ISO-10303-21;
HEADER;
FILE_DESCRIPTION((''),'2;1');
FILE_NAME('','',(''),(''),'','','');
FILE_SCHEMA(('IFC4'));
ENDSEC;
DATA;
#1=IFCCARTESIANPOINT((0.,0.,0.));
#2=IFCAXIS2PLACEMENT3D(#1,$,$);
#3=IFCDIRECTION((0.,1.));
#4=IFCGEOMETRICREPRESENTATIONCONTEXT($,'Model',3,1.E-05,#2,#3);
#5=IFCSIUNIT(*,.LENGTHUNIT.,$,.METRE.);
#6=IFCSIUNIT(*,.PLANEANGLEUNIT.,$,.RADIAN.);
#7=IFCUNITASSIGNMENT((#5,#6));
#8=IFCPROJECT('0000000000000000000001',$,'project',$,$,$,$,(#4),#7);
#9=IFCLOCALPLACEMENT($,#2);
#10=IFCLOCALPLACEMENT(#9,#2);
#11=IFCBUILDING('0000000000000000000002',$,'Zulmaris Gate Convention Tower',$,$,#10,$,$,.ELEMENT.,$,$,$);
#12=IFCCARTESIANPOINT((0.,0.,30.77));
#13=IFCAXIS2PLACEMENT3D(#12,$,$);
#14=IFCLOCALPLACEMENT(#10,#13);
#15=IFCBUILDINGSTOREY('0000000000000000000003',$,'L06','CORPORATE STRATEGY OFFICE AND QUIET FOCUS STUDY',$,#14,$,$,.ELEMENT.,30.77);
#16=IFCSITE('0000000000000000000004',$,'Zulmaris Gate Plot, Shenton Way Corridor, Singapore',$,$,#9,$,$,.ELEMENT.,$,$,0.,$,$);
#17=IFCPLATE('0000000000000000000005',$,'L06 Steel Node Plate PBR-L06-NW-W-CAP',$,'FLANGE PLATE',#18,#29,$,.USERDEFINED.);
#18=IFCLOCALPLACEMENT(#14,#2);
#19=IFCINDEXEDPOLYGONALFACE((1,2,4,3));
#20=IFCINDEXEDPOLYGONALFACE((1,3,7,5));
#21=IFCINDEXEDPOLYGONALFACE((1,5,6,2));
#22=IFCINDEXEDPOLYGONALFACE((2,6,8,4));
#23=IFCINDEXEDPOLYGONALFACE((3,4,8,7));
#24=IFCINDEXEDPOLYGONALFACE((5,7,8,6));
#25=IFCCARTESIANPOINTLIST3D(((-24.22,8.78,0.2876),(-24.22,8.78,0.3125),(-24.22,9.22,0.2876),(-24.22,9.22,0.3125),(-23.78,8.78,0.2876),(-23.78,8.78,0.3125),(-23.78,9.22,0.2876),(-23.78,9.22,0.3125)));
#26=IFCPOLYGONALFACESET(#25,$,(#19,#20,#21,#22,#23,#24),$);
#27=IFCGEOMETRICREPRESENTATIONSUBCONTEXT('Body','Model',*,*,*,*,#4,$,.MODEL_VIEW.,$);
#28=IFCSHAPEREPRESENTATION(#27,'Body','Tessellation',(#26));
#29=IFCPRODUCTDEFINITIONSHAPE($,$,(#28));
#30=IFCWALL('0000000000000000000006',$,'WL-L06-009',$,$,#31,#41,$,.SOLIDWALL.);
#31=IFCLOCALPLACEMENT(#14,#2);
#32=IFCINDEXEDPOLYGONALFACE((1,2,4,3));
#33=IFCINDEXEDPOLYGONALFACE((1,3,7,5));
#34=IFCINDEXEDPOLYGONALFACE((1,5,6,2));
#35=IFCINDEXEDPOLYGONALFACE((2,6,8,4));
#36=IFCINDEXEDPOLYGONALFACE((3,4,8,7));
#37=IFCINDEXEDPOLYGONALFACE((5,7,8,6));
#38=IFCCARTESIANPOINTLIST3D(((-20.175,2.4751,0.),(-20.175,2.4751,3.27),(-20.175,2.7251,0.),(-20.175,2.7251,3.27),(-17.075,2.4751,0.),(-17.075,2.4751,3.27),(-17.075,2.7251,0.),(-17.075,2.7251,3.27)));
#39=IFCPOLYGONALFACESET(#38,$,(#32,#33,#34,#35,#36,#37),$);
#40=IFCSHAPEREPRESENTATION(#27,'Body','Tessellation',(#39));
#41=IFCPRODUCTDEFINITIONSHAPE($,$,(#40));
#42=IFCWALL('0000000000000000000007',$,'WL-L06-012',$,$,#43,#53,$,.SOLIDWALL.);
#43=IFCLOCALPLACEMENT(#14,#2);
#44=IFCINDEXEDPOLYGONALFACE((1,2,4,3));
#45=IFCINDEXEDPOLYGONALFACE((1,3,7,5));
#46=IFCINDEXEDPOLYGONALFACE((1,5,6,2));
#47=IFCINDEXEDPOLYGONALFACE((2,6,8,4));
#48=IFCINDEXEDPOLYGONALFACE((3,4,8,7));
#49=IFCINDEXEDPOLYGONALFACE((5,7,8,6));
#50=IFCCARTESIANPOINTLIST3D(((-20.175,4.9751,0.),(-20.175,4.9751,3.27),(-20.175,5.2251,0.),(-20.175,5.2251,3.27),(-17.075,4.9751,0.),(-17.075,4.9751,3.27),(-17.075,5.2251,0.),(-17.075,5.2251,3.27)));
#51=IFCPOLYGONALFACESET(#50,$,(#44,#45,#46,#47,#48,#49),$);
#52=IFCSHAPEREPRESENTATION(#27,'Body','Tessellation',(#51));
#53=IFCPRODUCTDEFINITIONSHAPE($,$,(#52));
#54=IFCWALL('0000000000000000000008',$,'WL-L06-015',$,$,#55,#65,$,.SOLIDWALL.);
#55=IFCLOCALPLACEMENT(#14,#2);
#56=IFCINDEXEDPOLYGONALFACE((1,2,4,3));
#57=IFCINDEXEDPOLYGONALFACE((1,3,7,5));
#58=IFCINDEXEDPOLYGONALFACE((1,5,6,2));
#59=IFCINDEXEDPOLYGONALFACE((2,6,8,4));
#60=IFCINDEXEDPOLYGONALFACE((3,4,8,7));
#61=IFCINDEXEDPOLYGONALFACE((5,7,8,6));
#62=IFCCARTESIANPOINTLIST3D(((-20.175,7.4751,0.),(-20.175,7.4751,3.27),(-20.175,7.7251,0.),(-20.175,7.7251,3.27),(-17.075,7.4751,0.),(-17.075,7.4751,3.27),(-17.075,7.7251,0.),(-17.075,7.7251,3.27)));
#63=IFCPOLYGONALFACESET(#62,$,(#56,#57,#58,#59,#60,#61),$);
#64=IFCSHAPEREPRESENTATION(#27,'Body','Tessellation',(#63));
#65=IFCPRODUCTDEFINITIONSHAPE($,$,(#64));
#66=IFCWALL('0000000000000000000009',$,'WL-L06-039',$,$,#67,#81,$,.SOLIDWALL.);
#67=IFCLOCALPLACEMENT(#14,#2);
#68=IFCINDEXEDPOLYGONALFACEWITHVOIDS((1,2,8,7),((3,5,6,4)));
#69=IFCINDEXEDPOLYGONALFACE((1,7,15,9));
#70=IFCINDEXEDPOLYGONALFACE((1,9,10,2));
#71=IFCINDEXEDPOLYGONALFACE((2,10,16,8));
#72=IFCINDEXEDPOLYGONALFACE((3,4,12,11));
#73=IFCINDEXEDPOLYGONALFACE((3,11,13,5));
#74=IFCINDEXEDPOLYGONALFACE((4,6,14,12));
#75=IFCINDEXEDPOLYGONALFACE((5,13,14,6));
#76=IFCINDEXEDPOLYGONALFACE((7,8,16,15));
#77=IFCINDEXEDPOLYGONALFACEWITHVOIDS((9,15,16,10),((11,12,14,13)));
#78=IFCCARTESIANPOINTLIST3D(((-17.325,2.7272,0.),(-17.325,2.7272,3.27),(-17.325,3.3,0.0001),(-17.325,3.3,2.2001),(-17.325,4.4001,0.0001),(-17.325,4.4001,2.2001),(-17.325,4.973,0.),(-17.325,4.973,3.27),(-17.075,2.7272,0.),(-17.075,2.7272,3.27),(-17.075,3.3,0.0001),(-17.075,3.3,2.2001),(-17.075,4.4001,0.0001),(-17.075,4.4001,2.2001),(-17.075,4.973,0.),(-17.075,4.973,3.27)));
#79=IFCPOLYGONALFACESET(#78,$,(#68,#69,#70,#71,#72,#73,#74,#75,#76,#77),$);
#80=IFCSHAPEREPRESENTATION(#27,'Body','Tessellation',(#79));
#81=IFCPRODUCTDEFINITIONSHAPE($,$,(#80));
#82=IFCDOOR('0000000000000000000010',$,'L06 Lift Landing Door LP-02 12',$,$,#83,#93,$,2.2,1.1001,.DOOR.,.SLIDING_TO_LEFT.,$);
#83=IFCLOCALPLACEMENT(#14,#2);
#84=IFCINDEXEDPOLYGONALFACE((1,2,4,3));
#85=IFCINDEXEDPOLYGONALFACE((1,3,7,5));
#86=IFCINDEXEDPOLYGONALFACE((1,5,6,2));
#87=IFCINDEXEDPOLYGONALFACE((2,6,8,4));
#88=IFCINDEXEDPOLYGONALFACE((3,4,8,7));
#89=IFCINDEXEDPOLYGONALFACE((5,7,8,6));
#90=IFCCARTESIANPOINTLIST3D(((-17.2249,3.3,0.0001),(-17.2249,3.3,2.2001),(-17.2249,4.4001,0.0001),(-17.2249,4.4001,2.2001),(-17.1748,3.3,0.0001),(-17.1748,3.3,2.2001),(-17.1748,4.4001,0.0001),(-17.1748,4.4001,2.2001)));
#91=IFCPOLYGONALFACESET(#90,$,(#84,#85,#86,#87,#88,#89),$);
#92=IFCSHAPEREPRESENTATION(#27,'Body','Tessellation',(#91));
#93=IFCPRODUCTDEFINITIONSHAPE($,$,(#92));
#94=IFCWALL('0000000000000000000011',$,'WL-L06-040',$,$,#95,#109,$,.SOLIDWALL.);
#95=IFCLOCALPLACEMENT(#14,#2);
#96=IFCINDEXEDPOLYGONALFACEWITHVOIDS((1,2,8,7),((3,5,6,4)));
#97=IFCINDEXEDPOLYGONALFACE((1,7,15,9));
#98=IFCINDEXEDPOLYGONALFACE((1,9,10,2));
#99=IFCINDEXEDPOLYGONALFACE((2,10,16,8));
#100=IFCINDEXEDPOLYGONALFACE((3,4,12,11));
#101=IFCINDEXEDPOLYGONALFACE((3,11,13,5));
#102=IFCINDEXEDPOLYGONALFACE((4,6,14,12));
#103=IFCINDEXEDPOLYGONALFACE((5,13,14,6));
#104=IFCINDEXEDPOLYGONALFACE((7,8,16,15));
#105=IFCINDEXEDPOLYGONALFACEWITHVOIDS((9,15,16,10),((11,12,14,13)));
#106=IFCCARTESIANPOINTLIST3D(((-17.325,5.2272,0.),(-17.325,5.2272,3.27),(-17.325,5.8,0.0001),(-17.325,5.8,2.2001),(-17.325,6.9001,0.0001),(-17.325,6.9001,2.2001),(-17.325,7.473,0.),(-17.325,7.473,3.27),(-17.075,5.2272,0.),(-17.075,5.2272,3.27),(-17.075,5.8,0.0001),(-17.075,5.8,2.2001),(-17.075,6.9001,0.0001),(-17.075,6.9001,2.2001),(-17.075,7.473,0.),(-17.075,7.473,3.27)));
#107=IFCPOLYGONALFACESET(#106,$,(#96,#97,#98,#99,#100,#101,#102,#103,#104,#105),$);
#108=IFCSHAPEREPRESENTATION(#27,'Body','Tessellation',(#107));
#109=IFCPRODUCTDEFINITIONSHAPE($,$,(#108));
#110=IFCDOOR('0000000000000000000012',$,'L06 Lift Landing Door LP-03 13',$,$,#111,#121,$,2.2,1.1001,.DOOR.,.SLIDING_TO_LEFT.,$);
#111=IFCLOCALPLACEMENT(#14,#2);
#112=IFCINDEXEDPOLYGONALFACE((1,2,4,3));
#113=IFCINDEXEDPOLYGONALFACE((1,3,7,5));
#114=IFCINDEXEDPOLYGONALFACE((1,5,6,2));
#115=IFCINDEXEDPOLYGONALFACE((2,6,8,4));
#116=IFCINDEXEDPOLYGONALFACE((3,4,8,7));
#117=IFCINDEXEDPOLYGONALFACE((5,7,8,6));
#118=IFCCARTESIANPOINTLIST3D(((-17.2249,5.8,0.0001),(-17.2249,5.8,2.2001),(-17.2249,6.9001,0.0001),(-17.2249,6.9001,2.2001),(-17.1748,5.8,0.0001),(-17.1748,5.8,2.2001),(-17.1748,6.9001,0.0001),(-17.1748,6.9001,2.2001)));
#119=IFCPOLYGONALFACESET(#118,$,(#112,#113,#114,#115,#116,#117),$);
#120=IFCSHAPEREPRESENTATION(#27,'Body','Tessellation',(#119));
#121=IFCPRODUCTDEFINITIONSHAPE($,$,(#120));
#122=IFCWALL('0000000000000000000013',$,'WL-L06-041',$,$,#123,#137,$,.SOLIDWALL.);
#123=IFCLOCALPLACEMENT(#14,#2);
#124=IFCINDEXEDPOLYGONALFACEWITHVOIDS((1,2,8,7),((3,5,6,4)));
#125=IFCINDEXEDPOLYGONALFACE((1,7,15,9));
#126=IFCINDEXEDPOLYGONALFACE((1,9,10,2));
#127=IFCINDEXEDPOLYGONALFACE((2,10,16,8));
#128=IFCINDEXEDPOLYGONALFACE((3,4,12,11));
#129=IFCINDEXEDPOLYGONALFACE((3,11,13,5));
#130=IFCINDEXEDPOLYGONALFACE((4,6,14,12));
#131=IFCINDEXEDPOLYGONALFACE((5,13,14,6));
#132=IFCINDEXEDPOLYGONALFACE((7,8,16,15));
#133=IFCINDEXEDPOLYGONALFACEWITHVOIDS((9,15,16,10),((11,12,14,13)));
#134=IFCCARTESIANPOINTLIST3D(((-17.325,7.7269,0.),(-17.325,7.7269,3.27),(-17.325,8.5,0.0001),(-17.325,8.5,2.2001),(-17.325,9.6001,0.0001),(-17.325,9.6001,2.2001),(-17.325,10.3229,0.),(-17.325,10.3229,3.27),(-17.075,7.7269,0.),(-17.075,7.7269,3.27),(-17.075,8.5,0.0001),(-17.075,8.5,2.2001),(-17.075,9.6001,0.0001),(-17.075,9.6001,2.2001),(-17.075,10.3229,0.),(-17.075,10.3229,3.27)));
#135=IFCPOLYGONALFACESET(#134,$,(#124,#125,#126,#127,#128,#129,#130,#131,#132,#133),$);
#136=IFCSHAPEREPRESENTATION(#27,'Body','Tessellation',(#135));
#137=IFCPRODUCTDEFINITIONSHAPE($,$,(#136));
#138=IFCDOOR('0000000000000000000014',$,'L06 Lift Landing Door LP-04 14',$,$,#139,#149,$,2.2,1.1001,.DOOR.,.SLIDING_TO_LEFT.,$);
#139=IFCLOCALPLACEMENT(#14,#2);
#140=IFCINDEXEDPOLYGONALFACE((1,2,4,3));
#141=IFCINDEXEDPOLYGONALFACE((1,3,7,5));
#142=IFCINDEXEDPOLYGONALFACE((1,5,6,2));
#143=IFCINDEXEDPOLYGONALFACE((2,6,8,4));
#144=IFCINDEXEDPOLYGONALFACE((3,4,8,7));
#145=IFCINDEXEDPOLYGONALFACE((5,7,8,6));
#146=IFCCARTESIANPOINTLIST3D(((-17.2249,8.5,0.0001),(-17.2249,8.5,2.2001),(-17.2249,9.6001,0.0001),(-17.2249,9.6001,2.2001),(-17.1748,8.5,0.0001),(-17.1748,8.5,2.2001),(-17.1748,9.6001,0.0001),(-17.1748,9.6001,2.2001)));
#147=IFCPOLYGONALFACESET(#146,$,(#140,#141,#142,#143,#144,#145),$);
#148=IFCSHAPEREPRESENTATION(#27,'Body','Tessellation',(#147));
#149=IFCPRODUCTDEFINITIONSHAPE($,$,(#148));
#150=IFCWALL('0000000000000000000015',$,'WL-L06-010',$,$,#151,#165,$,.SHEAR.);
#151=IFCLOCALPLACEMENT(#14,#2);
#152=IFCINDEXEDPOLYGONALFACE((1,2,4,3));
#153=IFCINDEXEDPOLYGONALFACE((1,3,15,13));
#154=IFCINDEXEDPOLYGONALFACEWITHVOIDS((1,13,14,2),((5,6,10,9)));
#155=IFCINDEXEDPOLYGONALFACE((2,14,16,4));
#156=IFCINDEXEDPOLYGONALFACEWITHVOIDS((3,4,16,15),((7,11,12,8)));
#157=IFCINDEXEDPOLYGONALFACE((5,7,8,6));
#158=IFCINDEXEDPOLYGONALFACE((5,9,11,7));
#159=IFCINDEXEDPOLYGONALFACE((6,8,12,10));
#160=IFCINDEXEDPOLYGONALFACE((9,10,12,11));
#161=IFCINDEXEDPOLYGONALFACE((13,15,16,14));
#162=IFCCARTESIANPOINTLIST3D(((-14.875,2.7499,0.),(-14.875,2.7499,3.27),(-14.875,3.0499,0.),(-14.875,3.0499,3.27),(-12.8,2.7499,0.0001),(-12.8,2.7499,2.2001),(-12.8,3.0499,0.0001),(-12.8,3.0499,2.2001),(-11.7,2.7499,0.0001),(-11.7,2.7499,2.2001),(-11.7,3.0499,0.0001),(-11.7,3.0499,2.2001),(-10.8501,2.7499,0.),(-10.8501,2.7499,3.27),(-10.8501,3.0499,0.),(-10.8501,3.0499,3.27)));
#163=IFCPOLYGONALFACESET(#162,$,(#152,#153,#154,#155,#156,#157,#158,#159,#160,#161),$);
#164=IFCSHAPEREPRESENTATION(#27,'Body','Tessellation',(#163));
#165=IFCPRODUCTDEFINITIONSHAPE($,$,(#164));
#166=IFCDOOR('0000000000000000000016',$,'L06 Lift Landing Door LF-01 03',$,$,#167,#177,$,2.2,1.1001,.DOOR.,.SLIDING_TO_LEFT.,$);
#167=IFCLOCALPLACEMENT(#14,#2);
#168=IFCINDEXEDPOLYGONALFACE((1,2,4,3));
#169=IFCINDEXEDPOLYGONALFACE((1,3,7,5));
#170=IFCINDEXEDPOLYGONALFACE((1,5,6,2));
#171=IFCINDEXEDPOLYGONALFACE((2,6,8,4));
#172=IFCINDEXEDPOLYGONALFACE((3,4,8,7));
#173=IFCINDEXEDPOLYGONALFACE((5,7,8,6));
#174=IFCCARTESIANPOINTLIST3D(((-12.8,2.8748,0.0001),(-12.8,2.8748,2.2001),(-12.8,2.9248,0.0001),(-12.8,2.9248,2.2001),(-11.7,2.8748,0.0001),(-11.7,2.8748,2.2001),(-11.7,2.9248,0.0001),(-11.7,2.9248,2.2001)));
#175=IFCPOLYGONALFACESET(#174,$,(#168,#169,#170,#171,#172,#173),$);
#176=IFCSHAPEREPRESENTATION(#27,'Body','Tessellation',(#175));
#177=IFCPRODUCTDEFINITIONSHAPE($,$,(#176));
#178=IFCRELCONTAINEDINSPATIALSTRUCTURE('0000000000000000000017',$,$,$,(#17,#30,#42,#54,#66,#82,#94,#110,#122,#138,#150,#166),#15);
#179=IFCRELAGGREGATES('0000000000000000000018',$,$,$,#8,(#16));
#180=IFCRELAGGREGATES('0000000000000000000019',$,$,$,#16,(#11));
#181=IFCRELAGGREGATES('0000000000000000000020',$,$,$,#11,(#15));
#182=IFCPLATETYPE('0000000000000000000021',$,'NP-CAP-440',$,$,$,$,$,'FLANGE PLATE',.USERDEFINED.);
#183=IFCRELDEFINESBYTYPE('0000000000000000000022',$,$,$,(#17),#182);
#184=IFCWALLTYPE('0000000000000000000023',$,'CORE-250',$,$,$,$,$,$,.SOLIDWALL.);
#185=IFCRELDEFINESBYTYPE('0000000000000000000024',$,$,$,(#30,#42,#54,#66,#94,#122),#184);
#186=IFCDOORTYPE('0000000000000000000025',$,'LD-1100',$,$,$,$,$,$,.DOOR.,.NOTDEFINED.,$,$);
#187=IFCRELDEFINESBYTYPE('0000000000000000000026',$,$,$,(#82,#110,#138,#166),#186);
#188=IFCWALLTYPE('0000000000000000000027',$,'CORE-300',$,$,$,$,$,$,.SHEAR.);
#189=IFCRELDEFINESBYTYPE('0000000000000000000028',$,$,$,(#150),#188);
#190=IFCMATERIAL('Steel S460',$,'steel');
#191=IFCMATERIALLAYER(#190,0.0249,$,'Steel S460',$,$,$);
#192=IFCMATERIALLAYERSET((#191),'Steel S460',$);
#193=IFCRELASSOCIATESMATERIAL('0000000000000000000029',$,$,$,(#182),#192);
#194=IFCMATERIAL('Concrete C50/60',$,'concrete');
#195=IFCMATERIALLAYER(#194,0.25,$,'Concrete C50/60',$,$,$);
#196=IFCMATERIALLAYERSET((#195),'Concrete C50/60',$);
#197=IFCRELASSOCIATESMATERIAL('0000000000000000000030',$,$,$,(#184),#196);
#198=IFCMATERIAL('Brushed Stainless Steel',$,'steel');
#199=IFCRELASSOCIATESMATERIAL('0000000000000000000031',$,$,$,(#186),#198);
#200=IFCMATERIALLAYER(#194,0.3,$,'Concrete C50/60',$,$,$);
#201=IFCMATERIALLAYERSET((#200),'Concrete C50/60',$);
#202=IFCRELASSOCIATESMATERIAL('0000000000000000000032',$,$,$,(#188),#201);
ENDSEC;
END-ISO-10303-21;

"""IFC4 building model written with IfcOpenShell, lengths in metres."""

from ifc_helpers import new_model, si_unit, direction, frame, frame_2d, origin, origin_2d, place, context, subcontext, project, spatial, rectangle, extrude, material, layer, layer_set, type_object, element, fill, save


model = new_model("IFC4")

# Units and contexts
model_context = context("Model", 3, precision=1e-05, world=origin(), true_north=direction((0.0, 1.0)))
body_context = subcontext(model_context, "Body", "Model", "MODEL_VIEW")
ifc_project = project(units=[si_unit("LENGTHUNIT", "METRE"), si_unit("PLANEANGLEUNIT", "RADIAN")], contexts=[model_context])

# Site, building, storey
site_placement = place(None, origin())
site = spatial("IfcSite", under=ifc_project, at=site_placement, Name="Zulmaris Gate Plot, Shenton Way Corridor, Singapore", CompositionType="ELEMENT", RefElevation=0.0)
building_placement = place(site_placement, origin())
building = spatial("IfcBuilding", under=site, at=building_placement, Name="Zulmaris Gate Convention Tower", CompositionType="ELEMENT")
storey_placement = place(building_placement, frame((0.0, 0.0, 30.77)))
storey = spatial("IfcBuildingStorey", under=building, at=storey_placement, Name="L06", Description="CORPORATE STRATEGY OFFICE AND QUIET FOCUS STUDY", CompositionType="ELEMENT", Elevation=30.77)

# Shared definitions
ifc_material_1 = material(Name="Steel S460", Category="steel")

# Plate
ifc_layer_1 = layer(ifc_material_1, 0.0249, Name="Steel S460")
ifc_layer_set_1 = layer_set([ifc_layer_1], Name="Steel S460")
plate_type = type_object("IfcPlateType", Name="NP-CAP-440", ElementType="FLANGE PLATE", PredefinedType="USERDEFINED", material=ifc_layer_set_1)
plate_placement = place(storey_placement, frame((-24.0, 9.0, 0.2876), z_axis=(0.0, 0.0, 1.0), x_axis=(1.0, 0.0, 0.0)))
element("IfcPlate", 1, at=plate_placement, inside=storey, type_object=plate_type, Name="L06 Steel Node Plate PBR-L06-NW-W-CAP", ObjectType="FLANGE PLATE", PredefinedType="USERDEFINED", context=body_context, shape_type="SweptSolid", body=[
    extrude(rectangle(XDim=0.4399, YDim=0.4399, at=origin_2d()), origin(), (0.0, 0.0, 1.0), 0.0249),
])

# Walls
ifc_material_2 = material(Name="Concrete C50/60", Category="concrete")
ifc_layer_2 = layer(ifc_material_2, 0.25, Name="Concrete C50/60")
ifc_layer_set_2 = layer_set([ifc_layer_2], Name="Concrete C50/60")
wall_type_1 = type_object("IfcWallType", Name="CORE-250", PredefinedType="SOLIDWALL", material=ifc_layer_set_2)
for number, where, z_axis, x_axis, name in (
    (2, (-20.175, 2.6001, 0.0), (0.0, 0.0, 1.0), (1.0, 0.0, 0.0), "WL-L06-009"),
    (3, (-20.175, 5.1001, 0.0), (0.0, 0.0, 1.0), (1.0, 0.0, 0.0), "WL-L06-012"),
    (4, (-20.175, 7.6001, 0.0), (0.0, 0.0, 1.0), (1.0, 0.0, 0.0), "WL-L06-015"),
):
    element("IfcWall", number, at=place(storey_placement, frame(where, z_axis=z_axis, x_axis=x_axis)), inside=storey, type_object=wall_type_1, Name=name, PredefinedType="SOLIDWALL", context=body_context, shape_type="SweptSolid", body=[
        extrude(rectangle(XDim=3.1001, YDim=0.25, at=frame_2d((1.55, 0.0))), origin(), (0.0, 0.0, 1.0), 3.27),
    ])

# Walls, openings, doors
wall_1_placement = place(storey_placement, frame((-17.2, 2.7271, 0.0), z_axis=(0.0, 0.0, 1.0), x_axis=(0.0, 1.0, 0.0)))
wall_1 = element("IfcWall", 5, at=wall_1_placement, inside=storey, type_object=wall_type_1, Name="WL-L06-039", PredefinedType="SOLIDWALL", context=body_context, shape_type="SweptSolid", body=[
    extrude(rectangle(XDim=2.2458, YDim=0.25, at=frame_2d((1.123, 0.0))), origin(), (0.0, 0.0, 1.0), 3.27),
])
opening_1_placement = place(wall_1_placement, frame((0.573, 0.0, 0.0)))
opening_1 = element("IfcOpeningElement", 6, at=opening_1_placement, cuts=wall_1, PredefinedType="OPENING", context=body_context, shape_type="SweptSolid", body=[
    extrude(rectangle(XDim=1.1001, YDim=2.2, at=frame_2d((0.55, 1.1001))), frame((0.0, 0.135, 0.0), z_axis=(0.0, -1.0, 0.0), x_axis=(1.0, 0.0, 0.0)), (0.0, 0.0, 1.0), 0.27),
])
ifc_material_3 = material(Name="Brushed Stainless Steel", Category="steel")
door_type = type_object("IfcDoorType", Name="LD-1100", OperationType="NOTDEFINED", PredefinedType="DOOR", material=ifc_material_3)
door_1_placement = place(opening_1_placement, origin())
door_1 = element("IfcDoor", 7, at=door_1_placement, inside=storey, type_object=door_type, Name="L06 Lift Landing Door LP-02 12", OperationType="SLIDING_TO_LEFT", OverallHeight=2.2, OverallWidth=1.1001, PredefinedType="DOOR", context=body_context, shape_type="SweptSolid", body=[
    extrude(rectangle(XDim=1.1001, YDim=2.2, at=frame_2d((0.55, 1.1001))), frame((0.0, 0.0249, 0.0), z_axis=(0.0, -1.0, 0.0), x_axis=(1.0, 0.0, 0.0)), (0.0, 0.0, 1.0), 0.05),
])
fill(opening_1, door_1)
wall_2_placement = place(storey_placement, frame((-17.2, 5.2271, 0.0), z_axis=(0.0, 0.0, 1.0), x_axis=(0.0, 1.0, 0.0)))
wall_2 = element("IfcWall", 8, at=wall_2_placement, inside=storey, type_object=wall_type_1, Name="WL-L06-040", PredefinedType="SOLIDWALL", context=body_context, shape_type="SweptSolid", body=[
    extrude(rectangle(XDim=2.2458, YDim=0.25, at=frame_2d((1.123, 0.0))), origin(), (0.0, 0.0, 1.0), 3.27),
])
opening_2_placement = place(wall_2_placement, frame((0.573, 0.0, 0.0)))
opening_2 = element("IfcOpeningElement", 9, at=opening_2_placement, cuts=wall_2, PredefinedType="OPENING", context=body_context, shape_type="SweptSolid", body=[
    extrude(rectangle(XDim=1.1001, YDim=2.2, at=frame_2d((0.55, 1.1001))), frame((0.0, 0.135, 0.0), z_axis=(0.0, -1.0, 0.0), x_axis=(1.0, 0.0, 0.0)), (0.0, 0.0, 1.0), 0.27),
])
door_2_placement = place(opening_2_placement, origin())
door_2 = element("IfcDoor", 10, at=door_2_placement, inside=storey, type_object=door_type, Name="L06 Lift Landing Door LP-03 13", OperationType="SLIDING_TO_LEFT", OverallHeight=2.2, OverallWidth=1.1001, PredefinedType="DOOR", context=body_context, shape_type="SweptSolid", body=[
    extrude(rectangle(XDim=1.1001, YDim=2.2, at=frame_2d((0.55, 1.1001))), frame((0.0, 0.0249, 0.0), z_axis=(0.0, -1.0, 0.0), x_axis=(1.0, 0.0, 0.0)), (0.0, 0.0, 1.0), 0.05),
])
fill(opening_2, door_2)
wall_3_placement = place(storey_placement, frame((-17.2, 7.7271, 0.0), z_axis=(0.0, 0.0, 1.0), x_axis=(0.0, 1.0, 0.0)))
wall_3 = element("IfcWall", 11, at=wall_3_placement, inside=storey, type_object=wall_type_1, Name="WL-L06-041", PredefinedType="SOLIDWALL", context=body_context, shape_type="SweptSolid", body=[
    extrude(rectangle(XDim=2.5959, YDim=0.25, at=frame_2d((1.2979, 0.0))), origin(), (0.0, 0.0, 1.0), 3.27),
])
opening_3_placement = place(wall_3_placement, frame((0.7729, 0.0, 0.0)))
opening_3 = element("IfcOpeningElement", 12, at=opening_3_placement, cuts=wall_3, PredefinedType="OPENING", context=body_context, shape_type="SweptSolid", body=[
    extrude(rectangle(XDim=1.1001, YDim=2.2, at=frame_2d((0.55, 1.1001))), frame((0.0, 0.135, 0.0), z_axis=(0.0, -1.0, 0.0), x_axis=(1.0, 0.0, 0.0)), (0.0, 0.0, 1.0), 0.27),
])
door_3_placement = place(opening_3_placement, origin())
door_3 = element("IfcDoor", 13, at=door_3_placement, inside=storey, type_object=door_type, Name="L06 Lift Landing Door LP-04 14", OperationType="SLIDING_TO_LEFT", OverallHeight=2.2, OverallWidth=1.1001, PredefinedType="DOOR", context=body_context, shape_type="SweptSolid", body=[
    extrude(rectangle(XDim=1.1001, YDim=2.2, at=frame_2d((0.55, 1.1001))), frame((0.0, 0.0249, 0.0), z_axis=(0.0, -1.0, 0.0), x_axis=(1.0, 0.0, 0.0)), (0.0, 0.0, 1.0), 0.05),
])
fill(opening_3, door_3)
ifc_layer_3 = layer(ifc_material_2, 0.3, Name="Concrete C50/60")
ifc_layer_set_3 = layer_set([ifc_layer_3], Name="Concrete C50/60")
wall_type_2 = type_object("IfcWallType", Name="CORE-300", PredefinedType="SHEAR", material=ifc_layer_set_3)
wall_4_placement = place(storey_placement, frame((-14.875, 2.8999, 0.0), z_axis=(0.0, 0.0, 1.0), x_axis=(1.0, 0.0, 0.0)))
wall_4 = element("IfcWall", 14, at=wall_4_placement, inside=storey, type_object=wall_type_2, Name="WL-L06-010", PredefinedType="SHEAR", context=body_context, shape_type="SweptSolid", body=[
    extrude(rectangle(XDim=4.0249, YDim=0.3, at=frame_2d((2.0125, 0.0))), origin(), (0.0, 0.0, 1.0), 3.27),
])
opening_4_placement = place(wall_4_placement, frame((2.075, 0.0, 0.0)))
opening_4 = element("IfcOpeningElement", 15, at=opening_4_placement, cuts=wall_4, PredefinedType="OPENING", context=body_context, shape_type="SweptSolid", body=[
    extrude(rectangle(XDim=1.1001, YDim=2.2, at=frame_2d((0.55, 1.1001))), frame((0.0, 0.1602, 0.0), z_axis=(0.0, -1.0, 0.0), x_axis=(1.0, 0.0, 0.0)), (0.0, 0.0, 1.0), 0.3201),
])
door_4_placement = place(opening_4_placement, origin())
door_4 = element("IfcDoor", 16, at=door_4_placement, inside=storey, type_object=door_type, Name="L06 Lift Landing Door LF-01 03", OperationType="SLIDING_TO_LEFT", OverallHeight=2.2, OverallWidth=1.1001, PredefinedType="DOOR", context=body_context, shape_type="SweptSolid", body=[
    extrude(rectangle(XDim=1.1001, YDim=2.2, at=frame_2d((0.55, 1.1001))), frame((0.0, 0.0249, 0.0), z_axis=(0.0, -1.0, 0.0), x_axis=(1.0, 0.0, 0.0)), (0.0, 0.0, 1.0), 0.05),
])
fill(opening_4, door_4)

save(model, "model.ifc")
